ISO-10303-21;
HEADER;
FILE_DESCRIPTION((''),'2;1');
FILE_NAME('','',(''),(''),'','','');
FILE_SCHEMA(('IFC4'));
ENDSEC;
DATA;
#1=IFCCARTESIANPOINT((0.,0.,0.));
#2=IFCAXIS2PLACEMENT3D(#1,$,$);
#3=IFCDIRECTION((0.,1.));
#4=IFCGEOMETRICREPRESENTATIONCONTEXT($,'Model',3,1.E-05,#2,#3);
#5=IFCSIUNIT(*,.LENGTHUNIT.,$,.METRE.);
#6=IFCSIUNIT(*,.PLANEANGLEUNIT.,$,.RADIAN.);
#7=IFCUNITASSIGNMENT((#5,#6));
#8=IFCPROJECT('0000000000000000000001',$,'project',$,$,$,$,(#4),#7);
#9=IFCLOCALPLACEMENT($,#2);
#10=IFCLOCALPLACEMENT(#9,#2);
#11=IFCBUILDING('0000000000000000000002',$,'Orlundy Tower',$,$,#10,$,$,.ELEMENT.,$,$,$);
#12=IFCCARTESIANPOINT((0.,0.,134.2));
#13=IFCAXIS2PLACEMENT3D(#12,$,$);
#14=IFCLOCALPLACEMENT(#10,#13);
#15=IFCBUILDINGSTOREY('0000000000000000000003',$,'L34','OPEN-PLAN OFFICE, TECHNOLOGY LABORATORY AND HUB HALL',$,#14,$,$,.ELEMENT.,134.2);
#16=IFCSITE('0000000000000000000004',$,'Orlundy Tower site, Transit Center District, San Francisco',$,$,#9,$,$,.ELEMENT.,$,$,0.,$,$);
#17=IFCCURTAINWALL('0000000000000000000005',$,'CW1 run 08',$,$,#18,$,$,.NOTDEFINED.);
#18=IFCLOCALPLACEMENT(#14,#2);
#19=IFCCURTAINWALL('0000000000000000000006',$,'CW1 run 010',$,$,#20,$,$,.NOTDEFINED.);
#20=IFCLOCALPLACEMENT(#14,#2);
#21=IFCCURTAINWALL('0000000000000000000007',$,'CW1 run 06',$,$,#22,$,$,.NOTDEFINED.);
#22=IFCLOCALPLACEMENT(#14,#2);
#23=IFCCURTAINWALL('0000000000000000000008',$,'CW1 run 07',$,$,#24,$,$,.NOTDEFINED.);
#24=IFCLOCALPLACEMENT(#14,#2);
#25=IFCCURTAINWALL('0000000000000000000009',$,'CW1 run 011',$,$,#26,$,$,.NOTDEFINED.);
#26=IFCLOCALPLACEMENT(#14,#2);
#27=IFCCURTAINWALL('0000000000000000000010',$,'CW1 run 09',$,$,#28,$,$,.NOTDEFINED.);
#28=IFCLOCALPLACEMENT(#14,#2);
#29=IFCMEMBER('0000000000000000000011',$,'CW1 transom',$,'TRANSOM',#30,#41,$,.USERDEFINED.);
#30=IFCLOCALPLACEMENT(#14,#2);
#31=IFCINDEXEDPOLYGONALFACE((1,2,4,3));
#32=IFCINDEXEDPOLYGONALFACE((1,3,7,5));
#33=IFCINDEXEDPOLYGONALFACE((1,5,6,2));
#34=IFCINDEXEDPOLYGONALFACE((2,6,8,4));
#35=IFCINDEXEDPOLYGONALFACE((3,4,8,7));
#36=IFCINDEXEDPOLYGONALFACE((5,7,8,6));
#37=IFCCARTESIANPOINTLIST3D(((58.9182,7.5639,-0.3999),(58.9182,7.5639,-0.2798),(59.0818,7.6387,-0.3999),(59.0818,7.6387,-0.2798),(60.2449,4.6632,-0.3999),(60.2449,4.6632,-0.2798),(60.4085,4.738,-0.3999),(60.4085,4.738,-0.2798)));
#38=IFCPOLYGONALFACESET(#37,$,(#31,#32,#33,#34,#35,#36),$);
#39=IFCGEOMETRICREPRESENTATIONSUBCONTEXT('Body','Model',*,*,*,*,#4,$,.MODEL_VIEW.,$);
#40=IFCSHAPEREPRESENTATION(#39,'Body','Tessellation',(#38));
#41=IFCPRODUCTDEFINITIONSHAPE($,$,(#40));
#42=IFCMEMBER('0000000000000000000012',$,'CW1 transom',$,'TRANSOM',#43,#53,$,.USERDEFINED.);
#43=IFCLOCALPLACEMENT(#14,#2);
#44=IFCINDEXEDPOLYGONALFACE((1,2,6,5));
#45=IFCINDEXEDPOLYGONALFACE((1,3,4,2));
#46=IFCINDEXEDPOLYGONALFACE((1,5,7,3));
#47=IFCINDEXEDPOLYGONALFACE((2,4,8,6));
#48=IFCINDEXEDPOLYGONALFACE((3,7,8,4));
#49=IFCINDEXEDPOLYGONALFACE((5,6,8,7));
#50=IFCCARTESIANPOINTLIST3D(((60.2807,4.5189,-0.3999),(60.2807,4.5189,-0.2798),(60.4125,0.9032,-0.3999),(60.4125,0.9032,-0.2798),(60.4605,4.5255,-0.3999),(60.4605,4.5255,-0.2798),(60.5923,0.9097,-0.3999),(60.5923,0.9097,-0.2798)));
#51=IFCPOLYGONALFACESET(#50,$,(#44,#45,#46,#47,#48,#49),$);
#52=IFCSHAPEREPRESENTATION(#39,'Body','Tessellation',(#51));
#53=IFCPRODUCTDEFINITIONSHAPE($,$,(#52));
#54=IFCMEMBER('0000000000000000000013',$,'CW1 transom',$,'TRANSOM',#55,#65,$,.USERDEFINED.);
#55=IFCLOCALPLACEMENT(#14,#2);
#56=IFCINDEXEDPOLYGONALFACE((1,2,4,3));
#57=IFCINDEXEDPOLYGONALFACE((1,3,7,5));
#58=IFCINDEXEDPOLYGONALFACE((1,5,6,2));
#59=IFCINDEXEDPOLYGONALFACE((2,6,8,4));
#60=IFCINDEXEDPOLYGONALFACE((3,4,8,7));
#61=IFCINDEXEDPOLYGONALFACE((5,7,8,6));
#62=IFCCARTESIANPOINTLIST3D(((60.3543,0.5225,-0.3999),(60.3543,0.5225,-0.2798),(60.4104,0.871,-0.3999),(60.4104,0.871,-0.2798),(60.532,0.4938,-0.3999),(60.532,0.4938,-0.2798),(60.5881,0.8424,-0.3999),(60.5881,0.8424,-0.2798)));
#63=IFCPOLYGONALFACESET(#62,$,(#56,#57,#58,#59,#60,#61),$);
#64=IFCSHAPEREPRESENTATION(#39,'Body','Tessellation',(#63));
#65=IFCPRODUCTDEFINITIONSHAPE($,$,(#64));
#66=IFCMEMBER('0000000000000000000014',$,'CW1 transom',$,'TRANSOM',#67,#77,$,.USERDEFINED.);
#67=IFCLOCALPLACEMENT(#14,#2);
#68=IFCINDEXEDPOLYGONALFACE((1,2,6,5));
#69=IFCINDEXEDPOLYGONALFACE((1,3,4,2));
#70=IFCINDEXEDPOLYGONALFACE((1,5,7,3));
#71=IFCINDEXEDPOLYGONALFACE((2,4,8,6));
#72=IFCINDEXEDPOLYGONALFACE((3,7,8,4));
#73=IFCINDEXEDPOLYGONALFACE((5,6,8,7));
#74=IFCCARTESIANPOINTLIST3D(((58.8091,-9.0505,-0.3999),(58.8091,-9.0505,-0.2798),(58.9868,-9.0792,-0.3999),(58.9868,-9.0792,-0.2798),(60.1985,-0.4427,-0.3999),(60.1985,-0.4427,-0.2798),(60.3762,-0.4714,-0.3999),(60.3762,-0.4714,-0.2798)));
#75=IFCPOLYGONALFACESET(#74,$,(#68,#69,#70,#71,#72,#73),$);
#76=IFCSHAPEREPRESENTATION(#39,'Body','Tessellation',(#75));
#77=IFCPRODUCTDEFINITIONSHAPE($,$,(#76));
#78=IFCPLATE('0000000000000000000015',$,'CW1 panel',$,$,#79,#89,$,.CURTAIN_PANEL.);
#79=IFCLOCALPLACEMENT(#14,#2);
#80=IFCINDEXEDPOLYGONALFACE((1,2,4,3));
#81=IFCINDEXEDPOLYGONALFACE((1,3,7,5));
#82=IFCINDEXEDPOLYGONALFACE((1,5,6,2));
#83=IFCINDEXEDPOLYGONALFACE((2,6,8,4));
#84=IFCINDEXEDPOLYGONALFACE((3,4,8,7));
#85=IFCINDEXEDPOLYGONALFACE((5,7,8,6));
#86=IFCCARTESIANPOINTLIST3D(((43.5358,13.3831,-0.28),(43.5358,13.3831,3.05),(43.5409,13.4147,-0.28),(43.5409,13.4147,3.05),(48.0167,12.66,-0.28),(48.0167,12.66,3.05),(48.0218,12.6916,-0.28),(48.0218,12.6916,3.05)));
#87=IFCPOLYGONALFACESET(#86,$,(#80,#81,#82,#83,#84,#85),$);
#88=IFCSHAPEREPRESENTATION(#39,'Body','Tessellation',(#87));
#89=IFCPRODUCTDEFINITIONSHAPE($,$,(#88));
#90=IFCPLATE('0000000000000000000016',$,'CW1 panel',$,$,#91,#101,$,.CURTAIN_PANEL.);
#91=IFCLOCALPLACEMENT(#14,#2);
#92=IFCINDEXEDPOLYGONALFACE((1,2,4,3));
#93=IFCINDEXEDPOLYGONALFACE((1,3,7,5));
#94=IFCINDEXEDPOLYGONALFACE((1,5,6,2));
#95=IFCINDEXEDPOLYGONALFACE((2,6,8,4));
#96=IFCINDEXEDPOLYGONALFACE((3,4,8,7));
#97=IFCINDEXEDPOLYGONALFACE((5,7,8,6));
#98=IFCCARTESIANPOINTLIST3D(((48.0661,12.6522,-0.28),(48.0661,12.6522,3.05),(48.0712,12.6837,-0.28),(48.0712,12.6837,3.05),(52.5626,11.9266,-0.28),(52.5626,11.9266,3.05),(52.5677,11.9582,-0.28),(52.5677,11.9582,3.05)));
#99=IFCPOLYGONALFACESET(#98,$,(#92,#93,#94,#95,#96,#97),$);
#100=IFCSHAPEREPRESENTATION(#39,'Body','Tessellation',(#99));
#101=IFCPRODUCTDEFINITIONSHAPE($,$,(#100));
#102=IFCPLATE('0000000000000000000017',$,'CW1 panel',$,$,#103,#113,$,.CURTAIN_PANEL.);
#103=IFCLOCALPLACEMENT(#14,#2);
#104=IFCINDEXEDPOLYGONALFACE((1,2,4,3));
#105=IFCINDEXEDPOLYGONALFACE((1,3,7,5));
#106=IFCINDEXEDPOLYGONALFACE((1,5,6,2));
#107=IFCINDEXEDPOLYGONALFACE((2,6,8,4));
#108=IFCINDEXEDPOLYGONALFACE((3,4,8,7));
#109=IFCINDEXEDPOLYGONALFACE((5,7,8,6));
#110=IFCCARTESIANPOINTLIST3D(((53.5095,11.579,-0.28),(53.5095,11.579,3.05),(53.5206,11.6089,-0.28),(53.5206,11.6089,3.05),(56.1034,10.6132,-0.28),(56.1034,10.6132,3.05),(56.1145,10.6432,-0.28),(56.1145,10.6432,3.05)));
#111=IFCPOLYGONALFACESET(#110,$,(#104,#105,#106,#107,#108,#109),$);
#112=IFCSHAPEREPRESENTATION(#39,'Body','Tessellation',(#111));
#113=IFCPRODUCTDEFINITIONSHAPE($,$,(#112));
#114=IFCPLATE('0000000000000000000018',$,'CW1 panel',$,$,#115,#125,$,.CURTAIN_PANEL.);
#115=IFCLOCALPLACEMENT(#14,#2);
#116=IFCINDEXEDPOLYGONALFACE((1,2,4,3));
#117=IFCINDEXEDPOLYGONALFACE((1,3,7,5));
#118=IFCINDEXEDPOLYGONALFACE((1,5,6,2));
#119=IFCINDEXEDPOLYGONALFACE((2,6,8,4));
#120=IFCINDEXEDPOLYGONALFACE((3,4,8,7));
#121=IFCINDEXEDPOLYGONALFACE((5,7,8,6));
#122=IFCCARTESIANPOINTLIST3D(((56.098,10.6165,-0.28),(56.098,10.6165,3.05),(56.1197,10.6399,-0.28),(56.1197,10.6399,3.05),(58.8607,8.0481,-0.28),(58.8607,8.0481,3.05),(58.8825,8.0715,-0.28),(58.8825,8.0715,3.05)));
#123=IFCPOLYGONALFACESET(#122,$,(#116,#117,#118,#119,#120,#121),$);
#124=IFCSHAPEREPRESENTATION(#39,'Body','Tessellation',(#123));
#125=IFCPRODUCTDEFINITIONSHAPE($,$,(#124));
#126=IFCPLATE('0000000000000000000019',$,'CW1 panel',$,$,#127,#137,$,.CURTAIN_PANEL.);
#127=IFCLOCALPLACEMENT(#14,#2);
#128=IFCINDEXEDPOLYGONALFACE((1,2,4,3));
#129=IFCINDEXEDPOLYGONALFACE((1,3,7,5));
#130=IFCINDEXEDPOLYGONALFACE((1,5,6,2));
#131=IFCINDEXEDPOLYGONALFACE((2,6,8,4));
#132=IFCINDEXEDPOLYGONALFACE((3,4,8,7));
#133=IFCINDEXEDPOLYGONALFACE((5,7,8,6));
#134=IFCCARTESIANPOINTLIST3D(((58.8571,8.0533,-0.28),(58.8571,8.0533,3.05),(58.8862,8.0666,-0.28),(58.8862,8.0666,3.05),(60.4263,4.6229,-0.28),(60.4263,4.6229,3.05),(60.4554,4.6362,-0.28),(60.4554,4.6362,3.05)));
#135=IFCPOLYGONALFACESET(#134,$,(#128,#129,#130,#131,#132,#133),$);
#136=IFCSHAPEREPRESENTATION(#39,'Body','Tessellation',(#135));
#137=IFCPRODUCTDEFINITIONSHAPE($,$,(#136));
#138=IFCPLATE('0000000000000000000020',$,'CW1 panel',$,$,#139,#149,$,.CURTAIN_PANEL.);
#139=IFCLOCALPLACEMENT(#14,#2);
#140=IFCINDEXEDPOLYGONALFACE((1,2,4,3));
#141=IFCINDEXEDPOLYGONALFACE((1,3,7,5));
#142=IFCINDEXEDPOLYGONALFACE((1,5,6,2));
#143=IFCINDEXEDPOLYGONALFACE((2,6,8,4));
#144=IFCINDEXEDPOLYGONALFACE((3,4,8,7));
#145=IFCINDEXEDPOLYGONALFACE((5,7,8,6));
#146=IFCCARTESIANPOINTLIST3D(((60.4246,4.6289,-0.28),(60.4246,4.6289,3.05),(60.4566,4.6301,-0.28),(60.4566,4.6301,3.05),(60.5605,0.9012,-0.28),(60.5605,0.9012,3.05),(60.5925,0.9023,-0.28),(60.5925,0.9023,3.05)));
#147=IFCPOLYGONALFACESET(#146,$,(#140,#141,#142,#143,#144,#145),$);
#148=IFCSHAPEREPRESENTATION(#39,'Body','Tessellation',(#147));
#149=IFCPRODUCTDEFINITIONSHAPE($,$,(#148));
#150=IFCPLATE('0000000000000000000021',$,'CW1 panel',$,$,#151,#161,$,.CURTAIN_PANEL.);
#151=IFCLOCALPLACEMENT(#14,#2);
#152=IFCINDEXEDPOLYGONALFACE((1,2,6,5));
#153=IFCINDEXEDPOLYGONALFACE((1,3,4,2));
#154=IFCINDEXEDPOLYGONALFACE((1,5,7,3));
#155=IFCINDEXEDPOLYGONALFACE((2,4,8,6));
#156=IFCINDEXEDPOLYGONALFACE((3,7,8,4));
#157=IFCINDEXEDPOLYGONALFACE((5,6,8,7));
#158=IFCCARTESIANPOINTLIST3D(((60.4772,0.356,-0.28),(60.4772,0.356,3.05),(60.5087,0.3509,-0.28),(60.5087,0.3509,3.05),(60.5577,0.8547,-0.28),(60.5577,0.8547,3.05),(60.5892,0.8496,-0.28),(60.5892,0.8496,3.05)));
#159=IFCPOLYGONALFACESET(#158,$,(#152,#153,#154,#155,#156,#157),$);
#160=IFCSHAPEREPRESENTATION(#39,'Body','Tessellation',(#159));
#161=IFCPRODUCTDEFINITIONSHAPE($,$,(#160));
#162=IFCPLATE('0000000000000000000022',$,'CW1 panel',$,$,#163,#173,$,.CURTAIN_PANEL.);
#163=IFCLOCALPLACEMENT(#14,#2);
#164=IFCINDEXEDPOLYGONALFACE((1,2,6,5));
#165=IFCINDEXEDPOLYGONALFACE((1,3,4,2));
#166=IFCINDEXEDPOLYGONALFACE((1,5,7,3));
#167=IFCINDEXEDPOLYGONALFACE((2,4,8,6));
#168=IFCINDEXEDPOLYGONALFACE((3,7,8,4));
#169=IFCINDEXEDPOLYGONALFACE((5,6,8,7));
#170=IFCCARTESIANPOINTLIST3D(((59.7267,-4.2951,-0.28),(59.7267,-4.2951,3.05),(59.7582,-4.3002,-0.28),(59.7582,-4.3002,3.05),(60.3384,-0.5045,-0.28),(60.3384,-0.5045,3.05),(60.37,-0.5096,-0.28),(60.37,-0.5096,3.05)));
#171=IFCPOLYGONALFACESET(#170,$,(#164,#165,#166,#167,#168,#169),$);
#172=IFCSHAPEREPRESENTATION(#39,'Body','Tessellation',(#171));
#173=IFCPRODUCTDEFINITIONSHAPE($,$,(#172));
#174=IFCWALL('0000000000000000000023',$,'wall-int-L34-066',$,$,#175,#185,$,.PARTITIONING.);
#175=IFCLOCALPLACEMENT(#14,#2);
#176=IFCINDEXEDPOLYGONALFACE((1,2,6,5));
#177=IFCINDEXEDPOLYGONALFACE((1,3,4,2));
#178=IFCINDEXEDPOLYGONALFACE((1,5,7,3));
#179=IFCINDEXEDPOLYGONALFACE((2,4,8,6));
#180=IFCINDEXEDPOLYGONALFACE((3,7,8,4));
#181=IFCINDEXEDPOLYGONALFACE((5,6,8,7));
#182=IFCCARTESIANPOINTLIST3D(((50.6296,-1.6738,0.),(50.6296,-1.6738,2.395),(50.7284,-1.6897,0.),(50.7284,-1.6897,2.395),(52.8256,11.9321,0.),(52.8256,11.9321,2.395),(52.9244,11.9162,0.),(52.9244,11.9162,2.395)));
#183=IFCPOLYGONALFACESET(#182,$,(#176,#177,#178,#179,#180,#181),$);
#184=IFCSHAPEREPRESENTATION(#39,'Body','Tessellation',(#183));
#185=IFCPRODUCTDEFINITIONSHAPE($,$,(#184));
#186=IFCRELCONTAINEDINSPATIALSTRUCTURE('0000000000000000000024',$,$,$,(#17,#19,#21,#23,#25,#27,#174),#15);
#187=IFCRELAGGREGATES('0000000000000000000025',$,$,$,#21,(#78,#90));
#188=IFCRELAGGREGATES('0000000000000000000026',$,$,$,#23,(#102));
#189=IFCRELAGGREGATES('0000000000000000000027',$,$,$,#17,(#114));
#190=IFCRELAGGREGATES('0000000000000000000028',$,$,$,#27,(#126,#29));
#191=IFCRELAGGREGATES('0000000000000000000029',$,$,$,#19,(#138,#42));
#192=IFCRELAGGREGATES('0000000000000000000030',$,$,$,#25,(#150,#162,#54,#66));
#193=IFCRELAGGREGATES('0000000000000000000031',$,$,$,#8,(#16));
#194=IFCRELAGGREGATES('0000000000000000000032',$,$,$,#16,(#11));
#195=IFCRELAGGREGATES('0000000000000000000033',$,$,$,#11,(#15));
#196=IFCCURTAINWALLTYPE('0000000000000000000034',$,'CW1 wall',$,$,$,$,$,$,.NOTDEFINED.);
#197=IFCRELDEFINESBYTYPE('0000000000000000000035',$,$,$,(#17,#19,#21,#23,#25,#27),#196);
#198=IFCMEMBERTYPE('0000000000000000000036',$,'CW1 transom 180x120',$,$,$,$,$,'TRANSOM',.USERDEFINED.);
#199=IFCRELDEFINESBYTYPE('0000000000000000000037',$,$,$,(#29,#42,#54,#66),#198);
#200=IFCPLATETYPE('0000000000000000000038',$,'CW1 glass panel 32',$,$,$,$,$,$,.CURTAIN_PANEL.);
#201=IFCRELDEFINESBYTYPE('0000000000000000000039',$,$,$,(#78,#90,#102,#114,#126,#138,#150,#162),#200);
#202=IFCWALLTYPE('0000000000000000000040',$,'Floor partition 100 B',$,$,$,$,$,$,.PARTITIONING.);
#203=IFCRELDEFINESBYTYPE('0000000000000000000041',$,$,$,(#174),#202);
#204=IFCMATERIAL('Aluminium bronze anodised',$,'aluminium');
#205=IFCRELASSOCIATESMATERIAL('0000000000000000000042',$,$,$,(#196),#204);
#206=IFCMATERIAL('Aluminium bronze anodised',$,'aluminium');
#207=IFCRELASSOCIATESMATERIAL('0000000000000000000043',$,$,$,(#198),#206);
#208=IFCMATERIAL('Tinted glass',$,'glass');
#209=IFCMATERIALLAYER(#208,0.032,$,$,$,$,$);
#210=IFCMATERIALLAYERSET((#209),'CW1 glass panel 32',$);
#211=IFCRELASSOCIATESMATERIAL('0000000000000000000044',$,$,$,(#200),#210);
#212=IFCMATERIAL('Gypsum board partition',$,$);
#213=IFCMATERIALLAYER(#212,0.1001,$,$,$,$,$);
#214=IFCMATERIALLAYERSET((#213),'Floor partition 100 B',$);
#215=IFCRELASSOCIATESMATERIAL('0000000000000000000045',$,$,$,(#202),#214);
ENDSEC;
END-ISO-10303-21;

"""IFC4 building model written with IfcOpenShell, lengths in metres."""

from ifc_helpers import new_model, si_unit, direction, frame, frame_2d, origin, origin_2d, place, context, subcontext, project, spatial, rectangle, extrude, material, layer, layer_set, material_profile, profile_set, type_object, element, aggregate, save


model = new_model("IFC4")

# Units and contexts
model_context = context("Model", 3, precision=1e-05, world=origin(), true_north=direction((0.0, 1.0)))
body_context = subcontext(model_context, "Body", "Model", "MODEL_VIEW")
ifc_project = project(units=[si_unit("LENGTHUNIT", "METRE"), si_unit("PLANEANGLEUNIT", "RADIAN")], contexts=[model_context])

# Site, building, storey
site_placement = place(None, origin())
site = spatial("IfcSite", under=ifc_project, at=site_placement, Name="Orlundy Tower site, Transit Center District, San Francisco", CompositionType="ELEMENT", RefElevation=0.0)
building_placement = place(site_placement, origin())
building = spatial("IfcBuilding", under=site, at=building_placement, Name="Orlundy Tower", CompositionType="ELEMENT")
storey_placement = place(building_placement, frame((0.0, 0.0, 134.2)))
storey = spatial("IfcBuildingStorey", under=building, at=storey_placement, Name="L34", Description="OPEN-PLAN OFFICE, TECHNOLOGY LABORATORY AND HUB HALL", CompositionType="ELEMENT", Elevation=134.2)

# Curtain walls
ifc_material_1 = material(Name="Aluminium bronze anodised", Category="aluminium")
curtain_wall_type = type_object("IfcCurtainWallType", Name="CW1 wall", PredefinedType="NOTDEFINED", material=ifc_material_1)
curtain_wall_1_placement = place(storey_placement, origin())
curtain_wall_1 = element("IfcCurtainWall", 1, at=curtain_wall_1_placement, inside=storey, type_object=curtain_wall_type, Name="CW1 run 08", PredefinedType="NOTDEFINED")
curtain_wall_2_placement = place(storey_placement, origin())
curtain_wall_2 = element("IfcCurtainWall", 2, at=curtain_wall_2_placement, inside=storey, type_object=curtain_wall_type, Name="CW1 run 010", PredefinedType="NOTDEFINED")

# Curtain wall
curtain_wall_3_placement = place(storey_placement, origin())
curtain_wall_3 = element("IfcCurtainWall", 3, at=curtain_wall_3_placement, inside=storey, type_object=curtain_wall_type, Name="CW1 run 06", PredefinedType="NOTDEFINED")

# Curtain wall
curtain_wall_4_placement = place(storey_placement, origin())
curtain_wall_4 = element("IfcCurtainWall", 4, at=curtain_wall_4_placement, inside=storey, type_object=curtain_wall_type, Name="CW1 run 07", PredefinedType="NOTDEFINED")

# Curtain wall
curtain_wall_5_placement = place(storey_placement, origin())
curtain_wall_5 = element("IfcCurtainWall", 5, at=curtain_wall_5_placement, inside=storey, type_object=curtain_wall_type, Name="CW1 run 011", PredefinedType="NOTDEFINED")

# Shared definitions
ifc_material_2 = material(Name="Aluminium bronze anodised", Category="aluminium")
ifc_material_profile_1 = material_profile(ifc_material_2, rectangle(XDim=0.1799, YDim=0.1201, at=origin_2d()), Name="CW1 transom 180x120")
ifc_profile_set_1 = profile_set([ifc_material_profile_1], Name="Aluminium bronze anodised")
member_type_1 = type_object("IfcMemberType", Name="CW1 transom 180x120", ElementType="TRANSOM", PredefinedType="USERDEFINED", material=ifc_profile_set_1)

# Curtain wall, member
curtain_wall_6_placement = place(storey_placement, origin())
curtain_wall_6 = element("IfcCurtainWall", 6, at=curtain_wall_6_placement, inside=storey, type_object=curtain_wall_type, Name="CW1 run 09", PredefinedType="NOTDEFINED")
member_1_placement = place(storey_placement, frame((59.0, 7.6013, -0.3398), z_axis=(0.41593, -0.909397, 0.0), x_axis=(0.909397, 0.41593, 0.0)))
member_1 = element("IfcMember", 7, at=member_1_placement, type_object=member_type_1, Name="CW1 transom", ObjectType="TRANSOM", PredefinedType="USERDEFINED", context=body_context, shape_type="SweptSolid", body=[
    extrude(rectangle(XDim=0.1799, YDim=0.1201, at=origin_2d()), origin(), (0.0, 0.0, 1.0), 3.1897),
])

# Members
member_2_placement = place(storey_placement, frame((60.3706, 4.5222, -0.3398), z_axis=(0.036438, -0.999336, 0.0), x_axis=(0.999336, 0.036438, 0.0)))
member_2 = element("IfcMember", 8, at=member_2_placement, type_object=member_type_1, Name="CW1 transom", ObjectType="TRANSOM", PredefinedType="USERDEFINED", context=body_context, shape_type="SweptSolid", body=[
    extrude(rectangle(XDim=0.1799, YDim=0.1201, at=origin_2d()), origin(), (0.0, 0.0, 1.0), 3.6182),
])
member_3_placement = place(storey_placement, frame((60.4993, 0.8567, -0.3398), z_axis=(-0.159015, -0.987276, 0.0), x_axis=(0.987276, -0.159015, 0.0)))
member_3 = element("IfcMember", 9, at=member_3_placement, type_object=member_type_1, Name="CW1 transom", ObjectType="TRANSOM", PredefinedType="USERDEFINED", context=body_context, shape_type="SweptSolid", body=[
    extrude(rectangle(XDim=0.1799, YDim=0.1201, at=origin_2d()), origin(), (0.0, 0.0, 1.0), 0.353),
])
member_4_placement = place(storey_placement, frame((60.2874, -0.457, -0.3398), z_axis=(-0.159348, -0.987223, 0.0), x_axis=(0.987223, -0.159348, 0.0)))
member_4 = element("IfcMember", 10, at=member_4_placement, type_object=member_type_1, Name="CW1 transom", ObjectType="TRANSOM", PredefinedType="USERDEFINED", context=body_context, shape_type="SweptSolid", body=[
    extrude(rectangle(XDim=0.1799, YDim=0.1201, at=origin_2d()), origin(), (0.0, 0.0, 1.0), 8.7192),
])

# Plates
ifc_material_3 = material(Name="Tinted glass", Category="glass")
ifc_layer_1 = layer(ifc_material_3, 0.032)
ifc_layer_set_1 = layer_set([ifc_layer_1], Name="CW1 glass panel 32")
plate_type = type_object("IfcPlateType", Name="CW1 glass panel 32", PredefinedType="CURTAIN_PANEL", material=ifc_layer_set_1)
plate_1_placement = place(storey_placement, frame((45.7788, 13.0374, -0.28), z_axis=(0.0, 0.0, 1.0), x_axis=(0.98723, -0.159302, 0.0)))
plate_1 = element("IfcPlate", 11, at=plate_1_placement, type_object=plate_type, Name="CW1 panel", PredefinedType="CURTAIN_PANEL", context=body_context, shape_type="SweptSolid", body=[
    extrude(rectangle(XDim=4.5388, YDim=0.032, at=origin_2d()), origin(), (0.0, 0.0, 1.0), 3.3301),
])
plate_2_placement = place(storey_placement, frame((50.3169, 12.3052, -0.28), z_axis=(0.0, 0.0, 1.0), x_axis=(0.98723, -0.159302, 0.0)))
plate_2 = element("IfcPlate", 12, at=plate_2_placement, type_object=plate_type, Name="CW1 panel", PredefinedType="CURTAIN_PANEL", context=body_context, shape_type="SweptSolid", body=[
    extrude(rectangle(XDim=4.5547, YDim=0.032, at=origin_2d()), origin(), (0.0, 0.0, 1.0), 3.3301),
])
aggregate(curtain_wall_3, [plate_1, plate_2])
plate_3_placement = place(storey_placement, frame((54.812, 11.1111, -0.28), z_axis=(0.0, 0.0, 1.0), x_axis=(0.937158, -0.348905, 0.0)))
plate_3 = element("IfcPlate", 13, at=plate_3_placement, type_object=plate_type, Name="CW1 panel", PredefinedType="CURTAIN_PANEL", context=body_context, shape_type="SweptSolid", body=[
    extrude(rectangle(XDim=2.7678, YDim=0.032, at=origin_2d()), origin(), (0.0, 0.0, 1.0), 3.3301),
])
aggregate(curtain_wall_4, [plate_3])
plate_4_placement = place(storey_placement, frame((57.4902, 9.344, -0.28), z_axis=(0.0, 0.0, 1.0), x_axis=(0.732399, -0.680875, 0.0)))
plate_4 = element("IfcPlate", 14, at=plate_4_placement, type_object=plate_type, Name="CW1 panel", PredefinedType="CURTAIN_PANEL", context=body_context, shape_type="SweptSolid", body=[
    extrude(rectangle(XDim=3.7722, YDim=0.032, at=origin_2d()), origin(), (0.0, 0.0, 1.0), 3.3301),
])
aggregate(curtain_wall_1, [plate_4])
plate_5_placement = place(storey_placement, frame((59.6562, 6.3447, -0.28), z_axis=(0.0, 0.0, 1.0), x_axis=(0.415977, -0.909375, 0.0)))
plate_5 = element("IfcPlate", 15, at=plate_5_placement, type_object=plate_type, Name="CW1 panel", PredefinedType="CURTAIN_PANEL", context=body_context, shape_type="SweptSolid", body=[
    extrude(rectangle(XDim=3.7722, YDim=0.032, at=origin_2d()), origin(), (0.0, 0.0, 1.0), 3.3301),
])
aggregate(curtain_wall_6, [plate_5, member_1])
plate_6_placement = place(storey_placement, frame((60.5085, 2.7656, -0.28), z_axis=(0.0, 0.0, 1.0), x_axis=(0.036423, -0.999336, 0.0)))
plate_6 = element("IfcPlate", 16, at=plate_6_placement, type_object=plate_type, Name="CW1 panel", PredefinedType="CURTAIN_PANEL", context=body_context, shape_type="SweptSolid", body=[
    extrude(rectangle(XDim=3.7302, YDim=0.032, at=origin_2d()), origin(), (0.0, 0.0, 1.0), 3.3301),
])
aggregate(curtain_wall_2, [plate_6, member_2])
plate_7_placement = place(storey_placement, frame((60.5332, 0.6028, -0.28), z_axis=(0.0, 0.0, 1.0), x_axis=(-0.159331, -0.987225, 0.0)))
plate_7 = element("IfcPlate", 17, at=plate_7_placement, type_object=plate_type, Name="CW1 panel", PredefinedType="CURTAIN_PANEL", context=body_context, shape_type="SweptSolid", body=[
    extrude(rectangle(XDim=0.5051, YDim=0.032, at=origin_2d()), origin(), (0.0, 0.0, 1.0), 3.3301),
])
plate_8_placement = place(storey_placement, frame((60.0483, -2.4023, -0.28), z_axis=(0.0, 0.0, 1.0), x_axis=(-0.159331, -0.987225, 0.0)))
plate_8 = element("IfcPlate", 18, at=plate_8_placement, type_object=plate_type, Name="CW1 panel", PredefinedType="CURTAIN_PANEL", context=body_context, shape_type="SweptSolid", body=[
    extrude(rectangle(XDim=3.8396, YDim=0.032, at=origin_2d()), origin(), (0.0, 0.0, 1.0), 3.3301),
])
aggregate(curtain_wall_5, [plate_7, plate_8, member_3, member_4])

# Wall
ifc_material_4 = material(Name="Gypsum board partition")
ifc_layer_2 = layer(ifc_material_4, 0.1001)
ifc_layer_set_2 = layer_set([ifc_layer_2], Name="Floor partition 100 B")
wall_type = type_object("IfcWallType", Name="Floor partition 100 B", PredefinedType="PARTITIONING", material=ifc_layer_set_2)
wall_placement = place(storey_placement, frame((50.679, -1.6819, 0.0), z_axis=(0.0, 0.0, 1.0), x_axis=(0.159341, 0.987224, 0.0)))
element("IfcWall", 19, at=wall_placement, inside=storey, type_object=wall_type, Name="wall-int-L34-066", PredefinedType="PARTITIONING", context=body_context, shape_type="SweptSolid", body=[
    extrude(rectangle(XDim=13.782, YDim=0.1001, at=frame_2d((6.8911, 0.0))), origin(), (0.0, 0.0, 1.0), 2.395),
])

save(model, "model.ifc")
